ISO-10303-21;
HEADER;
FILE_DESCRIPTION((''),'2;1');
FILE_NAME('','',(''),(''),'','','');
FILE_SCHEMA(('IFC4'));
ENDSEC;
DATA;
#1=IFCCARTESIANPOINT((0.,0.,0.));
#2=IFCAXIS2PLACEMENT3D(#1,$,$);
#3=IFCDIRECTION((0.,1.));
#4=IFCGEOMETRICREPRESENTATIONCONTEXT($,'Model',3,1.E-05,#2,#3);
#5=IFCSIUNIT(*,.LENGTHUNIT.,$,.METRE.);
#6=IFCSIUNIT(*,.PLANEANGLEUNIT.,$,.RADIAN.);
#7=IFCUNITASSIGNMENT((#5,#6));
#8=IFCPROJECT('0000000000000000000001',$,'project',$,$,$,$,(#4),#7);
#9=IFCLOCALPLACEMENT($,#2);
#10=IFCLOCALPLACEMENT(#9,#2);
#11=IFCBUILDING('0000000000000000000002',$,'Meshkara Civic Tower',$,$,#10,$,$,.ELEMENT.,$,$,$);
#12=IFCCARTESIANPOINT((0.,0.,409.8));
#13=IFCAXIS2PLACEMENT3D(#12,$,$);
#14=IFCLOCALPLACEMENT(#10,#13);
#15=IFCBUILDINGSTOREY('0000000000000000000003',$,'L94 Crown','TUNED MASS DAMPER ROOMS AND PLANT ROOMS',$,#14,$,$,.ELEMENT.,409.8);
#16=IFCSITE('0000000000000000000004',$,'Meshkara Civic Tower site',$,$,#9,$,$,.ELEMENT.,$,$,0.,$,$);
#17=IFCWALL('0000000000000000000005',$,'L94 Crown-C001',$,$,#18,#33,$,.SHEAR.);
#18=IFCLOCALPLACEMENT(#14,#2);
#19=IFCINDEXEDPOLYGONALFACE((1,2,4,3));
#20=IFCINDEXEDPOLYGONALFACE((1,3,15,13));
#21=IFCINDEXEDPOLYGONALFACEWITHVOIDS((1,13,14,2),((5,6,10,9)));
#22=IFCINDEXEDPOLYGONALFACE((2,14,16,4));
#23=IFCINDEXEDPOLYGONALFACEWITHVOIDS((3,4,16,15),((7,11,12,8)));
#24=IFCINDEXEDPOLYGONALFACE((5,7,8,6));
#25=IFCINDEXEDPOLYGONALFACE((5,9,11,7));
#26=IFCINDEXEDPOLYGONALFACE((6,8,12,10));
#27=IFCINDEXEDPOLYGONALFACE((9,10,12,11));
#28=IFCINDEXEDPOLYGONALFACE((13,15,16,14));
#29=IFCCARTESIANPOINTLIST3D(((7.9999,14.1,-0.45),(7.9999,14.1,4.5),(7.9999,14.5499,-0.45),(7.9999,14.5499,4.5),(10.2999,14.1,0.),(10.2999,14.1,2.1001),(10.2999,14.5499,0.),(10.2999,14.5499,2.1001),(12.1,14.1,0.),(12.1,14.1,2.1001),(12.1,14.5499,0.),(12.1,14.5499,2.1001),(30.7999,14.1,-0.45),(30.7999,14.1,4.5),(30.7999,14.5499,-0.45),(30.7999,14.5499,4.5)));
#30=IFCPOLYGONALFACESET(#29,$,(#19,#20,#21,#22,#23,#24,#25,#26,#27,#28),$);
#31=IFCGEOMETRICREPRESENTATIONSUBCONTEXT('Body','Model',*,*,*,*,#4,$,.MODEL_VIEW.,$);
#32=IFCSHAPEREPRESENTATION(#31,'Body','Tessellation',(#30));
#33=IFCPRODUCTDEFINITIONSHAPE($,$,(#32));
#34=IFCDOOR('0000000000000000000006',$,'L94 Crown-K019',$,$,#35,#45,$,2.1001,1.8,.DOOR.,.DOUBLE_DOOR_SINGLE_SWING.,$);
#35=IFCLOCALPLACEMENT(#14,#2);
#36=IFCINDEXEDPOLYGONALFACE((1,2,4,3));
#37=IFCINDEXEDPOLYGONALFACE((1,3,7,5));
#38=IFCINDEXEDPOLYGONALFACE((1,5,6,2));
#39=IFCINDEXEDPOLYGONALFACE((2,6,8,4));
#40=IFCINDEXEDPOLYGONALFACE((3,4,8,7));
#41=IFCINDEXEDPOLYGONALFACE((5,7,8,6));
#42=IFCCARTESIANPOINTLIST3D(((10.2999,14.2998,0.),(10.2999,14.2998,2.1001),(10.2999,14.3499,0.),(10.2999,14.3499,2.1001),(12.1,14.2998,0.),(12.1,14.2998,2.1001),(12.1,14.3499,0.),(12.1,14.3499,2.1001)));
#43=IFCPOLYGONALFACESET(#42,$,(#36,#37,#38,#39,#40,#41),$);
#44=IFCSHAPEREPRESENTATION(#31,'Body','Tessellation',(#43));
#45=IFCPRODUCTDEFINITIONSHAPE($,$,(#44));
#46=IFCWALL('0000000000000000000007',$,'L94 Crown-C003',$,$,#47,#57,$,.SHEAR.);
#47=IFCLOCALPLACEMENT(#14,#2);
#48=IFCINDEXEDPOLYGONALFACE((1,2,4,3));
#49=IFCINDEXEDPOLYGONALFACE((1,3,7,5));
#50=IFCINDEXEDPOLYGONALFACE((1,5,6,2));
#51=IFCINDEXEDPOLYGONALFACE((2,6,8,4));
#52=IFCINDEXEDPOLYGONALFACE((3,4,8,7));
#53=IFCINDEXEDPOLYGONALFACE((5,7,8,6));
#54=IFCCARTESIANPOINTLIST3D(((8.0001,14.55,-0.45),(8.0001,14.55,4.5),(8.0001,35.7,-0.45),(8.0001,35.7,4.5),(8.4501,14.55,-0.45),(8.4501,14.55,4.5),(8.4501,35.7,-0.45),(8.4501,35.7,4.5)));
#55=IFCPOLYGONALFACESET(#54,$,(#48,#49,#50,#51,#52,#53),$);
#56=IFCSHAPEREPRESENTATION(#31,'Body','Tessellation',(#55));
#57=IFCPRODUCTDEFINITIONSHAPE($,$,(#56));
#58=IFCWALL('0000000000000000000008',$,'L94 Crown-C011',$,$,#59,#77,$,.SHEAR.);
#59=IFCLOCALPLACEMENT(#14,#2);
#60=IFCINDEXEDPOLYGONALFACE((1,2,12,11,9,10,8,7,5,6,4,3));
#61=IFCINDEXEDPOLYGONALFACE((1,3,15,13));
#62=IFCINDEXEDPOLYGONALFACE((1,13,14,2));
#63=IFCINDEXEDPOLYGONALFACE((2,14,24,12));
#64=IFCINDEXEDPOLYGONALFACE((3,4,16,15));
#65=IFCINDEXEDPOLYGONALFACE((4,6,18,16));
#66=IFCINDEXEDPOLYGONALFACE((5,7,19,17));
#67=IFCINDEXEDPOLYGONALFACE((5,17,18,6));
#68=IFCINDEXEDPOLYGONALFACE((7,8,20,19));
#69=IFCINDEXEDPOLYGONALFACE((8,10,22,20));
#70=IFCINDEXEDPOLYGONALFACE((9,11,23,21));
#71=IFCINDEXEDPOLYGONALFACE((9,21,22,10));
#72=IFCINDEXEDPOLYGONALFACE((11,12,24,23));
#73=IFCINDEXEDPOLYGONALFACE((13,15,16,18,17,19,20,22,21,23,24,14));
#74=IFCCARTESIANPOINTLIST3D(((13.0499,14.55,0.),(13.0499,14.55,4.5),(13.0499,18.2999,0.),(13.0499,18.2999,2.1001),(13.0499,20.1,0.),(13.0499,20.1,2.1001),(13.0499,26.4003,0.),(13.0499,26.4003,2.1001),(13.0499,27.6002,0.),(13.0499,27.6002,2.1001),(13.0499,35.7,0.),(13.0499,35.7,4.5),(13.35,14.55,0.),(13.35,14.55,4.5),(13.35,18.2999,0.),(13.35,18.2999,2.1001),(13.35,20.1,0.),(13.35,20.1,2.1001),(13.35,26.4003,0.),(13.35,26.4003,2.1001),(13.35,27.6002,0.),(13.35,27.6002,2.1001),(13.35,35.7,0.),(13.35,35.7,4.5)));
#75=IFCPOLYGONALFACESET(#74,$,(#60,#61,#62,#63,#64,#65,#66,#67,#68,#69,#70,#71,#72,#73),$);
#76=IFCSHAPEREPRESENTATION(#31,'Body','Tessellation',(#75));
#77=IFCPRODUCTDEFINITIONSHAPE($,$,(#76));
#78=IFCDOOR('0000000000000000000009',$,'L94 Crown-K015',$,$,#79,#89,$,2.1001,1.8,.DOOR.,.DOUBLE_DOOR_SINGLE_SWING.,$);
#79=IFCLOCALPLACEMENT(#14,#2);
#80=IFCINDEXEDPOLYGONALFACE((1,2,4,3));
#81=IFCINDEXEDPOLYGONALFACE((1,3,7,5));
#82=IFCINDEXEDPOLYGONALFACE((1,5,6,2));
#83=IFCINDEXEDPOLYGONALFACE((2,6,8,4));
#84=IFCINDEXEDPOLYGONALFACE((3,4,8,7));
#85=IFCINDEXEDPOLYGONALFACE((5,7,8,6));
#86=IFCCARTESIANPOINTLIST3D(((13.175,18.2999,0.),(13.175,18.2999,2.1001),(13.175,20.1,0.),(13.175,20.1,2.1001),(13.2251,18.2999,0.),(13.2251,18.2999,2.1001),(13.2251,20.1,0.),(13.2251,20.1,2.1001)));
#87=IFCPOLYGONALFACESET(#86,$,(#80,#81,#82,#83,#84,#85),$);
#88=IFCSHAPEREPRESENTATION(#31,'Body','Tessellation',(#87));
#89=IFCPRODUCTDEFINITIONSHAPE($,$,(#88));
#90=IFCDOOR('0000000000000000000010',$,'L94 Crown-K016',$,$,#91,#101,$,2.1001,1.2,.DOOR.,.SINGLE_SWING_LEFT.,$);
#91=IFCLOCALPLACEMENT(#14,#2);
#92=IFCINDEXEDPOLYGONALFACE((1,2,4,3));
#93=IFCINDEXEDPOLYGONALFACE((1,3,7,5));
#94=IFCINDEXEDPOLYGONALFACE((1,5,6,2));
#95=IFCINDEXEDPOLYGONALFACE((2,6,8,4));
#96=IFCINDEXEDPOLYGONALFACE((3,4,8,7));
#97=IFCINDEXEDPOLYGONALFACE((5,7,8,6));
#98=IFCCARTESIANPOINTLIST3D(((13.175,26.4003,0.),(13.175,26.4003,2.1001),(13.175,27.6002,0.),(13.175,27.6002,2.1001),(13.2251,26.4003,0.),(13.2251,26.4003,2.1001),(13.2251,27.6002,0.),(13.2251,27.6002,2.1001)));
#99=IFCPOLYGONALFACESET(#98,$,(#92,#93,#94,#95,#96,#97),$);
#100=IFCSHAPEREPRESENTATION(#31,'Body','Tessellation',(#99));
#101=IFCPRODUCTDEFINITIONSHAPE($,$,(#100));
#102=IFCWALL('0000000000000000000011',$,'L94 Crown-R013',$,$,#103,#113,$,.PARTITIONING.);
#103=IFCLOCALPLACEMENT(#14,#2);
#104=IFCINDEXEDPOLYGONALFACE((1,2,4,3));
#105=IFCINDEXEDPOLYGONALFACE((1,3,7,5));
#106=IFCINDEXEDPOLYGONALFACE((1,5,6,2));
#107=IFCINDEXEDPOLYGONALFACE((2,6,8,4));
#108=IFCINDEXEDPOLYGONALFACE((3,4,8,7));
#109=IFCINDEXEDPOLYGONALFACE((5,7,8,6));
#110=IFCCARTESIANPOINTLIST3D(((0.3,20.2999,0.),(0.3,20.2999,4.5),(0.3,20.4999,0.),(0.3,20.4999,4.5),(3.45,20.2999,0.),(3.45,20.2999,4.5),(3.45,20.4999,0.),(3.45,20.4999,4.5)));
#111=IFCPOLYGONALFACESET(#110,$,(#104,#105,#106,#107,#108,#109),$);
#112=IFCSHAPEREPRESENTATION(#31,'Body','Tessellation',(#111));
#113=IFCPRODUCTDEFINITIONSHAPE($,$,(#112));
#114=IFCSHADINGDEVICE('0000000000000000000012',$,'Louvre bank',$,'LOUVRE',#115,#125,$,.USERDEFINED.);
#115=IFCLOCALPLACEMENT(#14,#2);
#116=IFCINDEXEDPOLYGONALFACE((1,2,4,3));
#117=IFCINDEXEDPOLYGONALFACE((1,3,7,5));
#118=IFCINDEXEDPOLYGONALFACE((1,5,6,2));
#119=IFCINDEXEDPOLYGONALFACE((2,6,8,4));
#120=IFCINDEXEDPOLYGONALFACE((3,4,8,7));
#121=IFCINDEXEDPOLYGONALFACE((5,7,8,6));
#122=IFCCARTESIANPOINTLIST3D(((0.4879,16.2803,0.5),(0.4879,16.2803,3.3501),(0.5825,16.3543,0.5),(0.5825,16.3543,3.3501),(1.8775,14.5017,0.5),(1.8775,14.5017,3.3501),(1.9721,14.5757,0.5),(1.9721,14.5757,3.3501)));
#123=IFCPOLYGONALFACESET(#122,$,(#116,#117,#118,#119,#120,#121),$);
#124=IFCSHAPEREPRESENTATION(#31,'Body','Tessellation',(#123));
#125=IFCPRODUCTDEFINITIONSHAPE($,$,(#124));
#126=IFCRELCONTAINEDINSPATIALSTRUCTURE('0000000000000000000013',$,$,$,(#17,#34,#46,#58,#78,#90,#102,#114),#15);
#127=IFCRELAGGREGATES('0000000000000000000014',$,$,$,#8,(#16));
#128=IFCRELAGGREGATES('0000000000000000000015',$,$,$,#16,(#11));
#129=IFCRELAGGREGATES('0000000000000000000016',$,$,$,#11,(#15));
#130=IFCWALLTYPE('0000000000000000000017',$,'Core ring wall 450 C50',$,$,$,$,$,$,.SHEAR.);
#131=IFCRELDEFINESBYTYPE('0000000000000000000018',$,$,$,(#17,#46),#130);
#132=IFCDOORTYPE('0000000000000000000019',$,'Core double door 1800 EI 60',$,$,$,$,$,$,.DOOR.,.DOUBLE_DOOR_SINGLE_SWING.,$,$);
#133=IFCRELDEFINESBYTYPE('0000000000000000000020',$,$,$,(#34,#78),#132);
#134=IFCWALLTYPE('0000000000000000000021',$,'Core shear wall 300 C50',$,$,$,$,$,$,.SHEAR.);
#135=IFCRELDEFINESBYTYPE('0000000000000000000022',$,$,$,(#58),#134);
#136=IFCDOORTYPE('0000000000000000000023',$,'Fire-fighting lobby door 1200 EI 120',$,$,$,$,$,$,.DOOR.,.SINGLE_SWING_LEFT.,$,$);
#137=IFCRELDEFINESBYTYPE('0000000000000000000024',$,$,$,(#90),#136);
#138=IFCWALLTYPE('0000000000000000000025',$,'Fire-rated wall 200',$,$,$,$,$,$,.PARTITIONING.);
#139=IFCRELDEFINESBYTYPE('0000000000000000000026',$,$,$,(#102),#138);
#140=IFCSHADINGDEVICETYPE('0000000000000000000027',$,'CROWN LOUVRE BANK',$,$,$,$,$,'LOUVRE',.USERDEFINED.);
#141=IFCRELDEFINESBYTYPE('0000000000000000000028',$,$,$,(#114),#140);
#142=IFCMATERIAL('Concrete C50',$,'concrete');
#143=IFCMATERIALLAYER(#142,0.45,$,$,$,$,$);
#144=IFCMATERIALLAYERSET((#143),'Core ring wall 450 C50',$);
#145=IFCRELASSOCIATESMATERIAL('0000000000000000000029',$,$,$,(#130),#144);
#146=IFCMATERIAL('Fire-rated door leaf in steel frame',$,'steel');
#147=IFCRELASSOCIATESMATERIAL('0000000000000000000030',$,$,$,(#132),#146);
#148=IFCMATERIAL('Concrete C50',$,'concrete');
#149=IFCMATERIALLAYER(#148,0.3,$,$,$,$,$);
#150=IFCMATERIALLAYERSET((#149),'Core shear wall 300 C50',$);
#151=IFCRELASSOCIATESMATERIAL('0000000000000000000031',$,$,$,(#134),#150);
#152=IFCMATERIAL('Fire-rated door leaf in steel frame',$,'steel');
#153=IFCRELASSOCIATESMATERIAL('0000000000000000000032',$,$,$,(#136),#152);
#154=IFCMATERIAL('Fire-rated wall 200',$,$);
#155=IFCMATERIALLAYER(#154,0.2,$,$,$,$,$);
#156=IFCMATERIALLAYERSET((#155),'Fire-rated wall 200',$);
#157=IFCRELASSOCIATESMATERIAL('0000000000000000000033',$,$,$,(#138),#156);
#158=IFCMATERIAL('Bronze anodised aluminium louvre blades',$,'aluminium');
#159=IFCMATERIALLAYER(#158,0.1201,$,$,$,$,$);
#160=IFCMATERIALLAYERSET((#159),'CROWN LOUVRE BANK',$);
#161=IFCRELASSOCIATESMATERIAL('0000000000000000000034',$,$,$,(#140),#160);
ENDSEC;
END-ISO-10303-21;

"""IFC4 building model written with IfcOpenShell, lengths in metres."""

from ifc_helpers import new_model, si_unit, direction, frame, frame_2d, origin, origin_2d, place, context, subcontext, project, spatial, rectangle, extrude, material, layer, layer_set, type_object, element, fill, save


model = new_model("IFC4")

# Units and contexts
model_context = context("Model", 3, precision=1e-05, world=origin(), true_north=direction((0.0, 1.0)))
body_context = subcontext(model_context, "Body", "Model", "MODEL_VIEW")
ifc_project = project(units=[si_unit("LENGTHUNIT", "METRE"), si_unit("PLANEANGLEUNIT", "RADIAN")], contexts=[model_context])

# Site, building, storey
site_placement = place(None, origin())
site = spatial("IfcSite", under=ifc_project, at=site_placement, Name="Meshkara Civic Tower site", CompositionType="ELEMENT", RefElevation=0.0)
building_placement = place(site_placement, origin())
building = spatial("IfcBuilding", under=site, at=building_placement, Name="Meshkara Civic Tower", CompositionType="ELEMENT")
storey_placement = place(building_placement, frame((0.0, 0.0, 409.8)))
storey = spatial("IfcBuildingStorey", under=building, at=storey_placement, Name="L94 Crown", Description="TUNED MASS DAMPER ROOMS AND PLANT ROOMS", CompositionType="ELEMENT", Elevation=409.8)

# Wall, opening, door
ifc_material_1 = material(Name="Concrete C50", Category="concrete")
ifc_layer_1 = layer(ifc_material_1, 0.45)
ifc_layer_set_1 = layer_set([ifc_layer_1], Name="Core ring wall 450 C50")
wall_type_1 = type_object("IfcWallType", Name="Core ring wall 450 C50", PredefinedType="SHEAR", material=ifc_layer_set_1)
wall_1_placement = place(storey_placement, frame((8.0, 14.325, -0.45), z_axis=(0.0, 0.0, 1.0), x_axis=(1.0, 0.0, 0.0)))
wall_1 = element("IfcWall", 1, at=wall_1_placement, inside=storey, type_object=wall_type_1, Name="L94 Crown-C001", PredefinedType="SHEAR", context=body_context, shape_type="SweptSolid", body=[
    extrude(rectangle(XDim=22.8, YDim=0.45, at=frame_2d((11.3999, 0.0))), origin(), (0.0, 0.0, 1.0), 4.95),
])
opening_1_placement = place(wall_1_placement, frame((2.3, 0.0, 0.45)))
opening_1 = element("IfcOpeningElement", 2, at=opening_1_placement, cuts=wall_1, PredefinedType="OPENING", context=body_context, shape_type="SweptSolid", body=[
    extrude(rectangle(XDim=1.8, YDim=2.1001, at=frame_2d((0.8999, 1.05))), frame((0.0, 0.2349, 0.0), z_axis=(0.0, -1.0, 0.0), x_axis=(1.0, 0.0, 0.0)), (0.0, 0.0, 1.0), 0.47),
])
ifc_material_2 = material(Name="Fire-rated door leaf in steel frame", Category="steel")
door_type_1 = type_object("IfcDoorType", Name="Core double door 1800 EI 60", OperationType="DOUBLE_DOOR_SINGLE_SWING", PredefinedType="DOOR", material=ifc_material_2)
door_1_placement = place(opening_1_placement, origin())
door_1 = element("IfcDoor", 3, at=door_1_placement, inside=storey, type_object=door_type_1, Name="L94 Crown-K019", OperationType="DOUBLE_DOOR_SINGLE_SWING", OverallHeight=2.1001, OverallWidth=1.8, PredefinedType="DOOR", context=body_context, shape_type="SweptSolid", body=[
    extrude(rectangle(XDim=1.8, YDim=2.1001, at=frame_2d((0.8999, 1.05))), frame((0.0, 0.0249, 0.0), z_axis=(0.0, -1.0, 0.0), x_axis=(1.0, 0.0, 0.0)), (0.0, 0.0, 1.0), 0.05),
])
fill(opening_1, door_1)

# Wall
wall_2_placement = place(storey_placement, frame((8.2251, 14.55, -0.45), z_axis=(0.0, 0.0, 1.0), x_axis=(0.0, 1.0, 0.0)))
element("IfcWall", 4, at=wall_2_placement, inside=storey, type_object=wall_type_1, Name="L94 Crown-C003", PredefinedType="SHEAR", context=body_context, shape_type="SweptSolid", body=[
    extrude(rectangle(XDim=21.1499, YDim=0.45, at=frame_2d((10.575, 0.0))), origin(), (0.0, 0.0, 1.0), 4.95),
])

# Wall, openings, doors
ifc_material_3 = material(Name="Concrete C50", Category="concrete")
ifc_layer_2 = layer(ifc_material_3, 0.3)
ifc_layer_set_2 = layer_set([ifc_layer_2], Name="Core shear wall 300 C50")
wall_type_2 = type_object("IfcWallType", Name="Core shear wall 300 C50", PredefinedType="SHEAR", material=ifc_layer_set_2)
wall_3_placement = place(storey_placement, frame((13.2, 14.55, 0.0), z_axis=(0.0, 0.0, 1.0), x_axis=(0.0, 1.0, 0.0)))
wall_3 = element("IfcWall", 5, at=wall_3_placement, inside=storey, type_object=wall_type_2, Name="L94 Crown-C011", PredefinedType="SHEAR", context=body_context, shape_type="SweptSolid", body=[
    extrude(rectangle(XDim=21.1499, YDim=0.3, at=frame_2d((10.575, 0.0))), origin(), (0.0, 0.0, 1.0), 4.5),
])
opening_2_placement = place(wall_3_placement, frame((3.75, 0.0, 0.0)))
opening_2 = element("IfcOpeningElement", 6, at=opening_2_placement, cuts=wall_3, PredefinedType="OPENING", context=body_context, shape_type="SweptSolid", body=[
    extrude(rectangle(XDim=1.8, YDim=2.1001, at=frame_2d((0.8999, 1.05))), frame((0.0, 0.1599, 0.0), z_axis=(0.0, -1.0, 0.0), x_axis=(1.0, 0.0, 0.0)), (0.0, 0.0, 1.0), 0.3201),
])
opening_3_placement = place(wall_3_placement, frame((11.8501, 0.0, 0.0)))
opening_3 = element("IfcOpeningElement", 7, at=opening_3_placement, cuts=wall_3, PredefinedType="OPENING", context=body_context, shape_type="SweptSolid", body=[
    extrude(rectangle(XDim=1.2, YDim=2.1001, at=frame_2d((0.6001, 1.05))), frame((0.0, 0.1599, 0.0), z_axis=(0.0, -1.0, 0.0), x_axis=(1.0, 0.0, 0.0)), (0.0, 0.0, 1.0), 0.3201),
])
door_2_placement = place(opening_2_placement, origin())
door_2 = element("IfcDoor", 8, at=door_2_placement, inside=storey, type_object=door_type_1, Name="L94 Crown-K015", OperationType="DOUBLE_DOOR_SINGLE_SWING", OverallHeight=2.1001, OverallWidth=1.8, PredefinedType="DOOR", context=body_context, shape_type="SweptSolid", body=[
    extrude(rectangle(XDim=1.8, YDim=2.1001, at=frame_2d((0.8999, 1.05))), frame((0.0, 0.0249, 0.0), z_axis=(0.0, -1.0, 0.0), x_axis=(1.0, 0.0, 0.0)), (0.0, 0.0, 1.0), 0.05),
])
fill(opening_2, door_2)
ifc_material_4 = material(Name="Fire-rated door leaf in steel frame", Category="steel")
door_type_2 = type_object("IfcDoorType", Name="Fire-fighting lobby door 1200 EI 120", OperationType="SINGLE_SWING_LEFT", PredefinedType="DOOR", material=ifc_material_4)
door_3_placement = place(opening_3_placement, origin())
door_3 = element("IfcDoor", 9, at=door_3_placement, inside=storey, type_object=door_type_2, Name="L94 Crown-K016", OperationType="SINGLE_SWING_LEFT", OverallHeight=2.1001, OverallWidth=1.2, PredefinedType="DOOR", context=body_context, shape_type="SweptSolid", body=[
    extrude(rectangle(XDim=1.2, YDim=2.1001, at=frame_2d((0.6001, 1.05))), frame((0.0, 0.0249, 0.0), z_axis=(0.0, -1.0, 0.0), x_axis=(1.0, 0.0, 0.0)), (0.0, 0.0, 1.0), 0.05),
])
fill(opening_3, door_3)

# Wall
ifc_material_5 = material(Name="Fire-rated wall 200")
ifc_layer_3 = layer(ifc_material_5, 0.2)
ifc_layer_set_3 = layer_set([ifc_layer_3], Name="Fire-rated wall 200")
wall_type_3 = type_object("IfcWallType", Name="Fire-rated wall 200", PredefinedType="PARTITIONING", material=ifc_layer_set_3)
wall_4_placement = place(storey_placement, frame((3.45, 20.3999, 0.0), z_axis=(0.0, 0.0, 1.0), x_axis=(-1.0, 0.0, 0.0)))
element("IfcWall", 10, at=wall_4_placement, inside=storey, type_object=wall_type_3, Name="L94 Crown-R013", PredefinedType="PARTITIONING", context=body_context, shape_type="SweptSolid", body=[
    extrude(rectangle(XDim=3.1499, YDim=0.2, at=frame_2d((1.575, 0.0))), origin(), (0.0, 0.0, 1.0), 4.5),
])

# Shading device
ifc_material_6 = material(Name="Bronze anodised aluminium louvre blades", Category="aluminium")
ifc_layer_4 = layer(ifc_material_6, 0.1201)
ifc_layer_set_4 = layer_set([ifc_layer_4], Name="CROWN LOUVRE BANK")
shading_device_type = type_object("IfcShadingDeviceType", Name="CROWN LOUVRE BANK", ElementType="LOUVRE", PredefinedType="USERDEFINED", material=ifc_layer_set_4)
shading_device_placement = place(storey_placement, frame((1.23, 15.428, 0.5), z_axis=(0.0, 0.0, 1.0), x_axis=(0.615661, -0.788011, 0.0)))
element("IfcShadingDevice", 11, at=shading_device_placement, inside=storey, type_object=shading_device_type, Name="Louvre bank", ObjectType="LOUVRE", PredefinedType="USERDEFINED", context=body_context, shape_type="SweptSolid", body=[
    extrude(rectangle(XDim=2.2571, YDim=0.1201, at=origin_2d()), origin(), (0.0, 0.0, 1.0), 2.8501),
])

save(model, "model.ifc")
